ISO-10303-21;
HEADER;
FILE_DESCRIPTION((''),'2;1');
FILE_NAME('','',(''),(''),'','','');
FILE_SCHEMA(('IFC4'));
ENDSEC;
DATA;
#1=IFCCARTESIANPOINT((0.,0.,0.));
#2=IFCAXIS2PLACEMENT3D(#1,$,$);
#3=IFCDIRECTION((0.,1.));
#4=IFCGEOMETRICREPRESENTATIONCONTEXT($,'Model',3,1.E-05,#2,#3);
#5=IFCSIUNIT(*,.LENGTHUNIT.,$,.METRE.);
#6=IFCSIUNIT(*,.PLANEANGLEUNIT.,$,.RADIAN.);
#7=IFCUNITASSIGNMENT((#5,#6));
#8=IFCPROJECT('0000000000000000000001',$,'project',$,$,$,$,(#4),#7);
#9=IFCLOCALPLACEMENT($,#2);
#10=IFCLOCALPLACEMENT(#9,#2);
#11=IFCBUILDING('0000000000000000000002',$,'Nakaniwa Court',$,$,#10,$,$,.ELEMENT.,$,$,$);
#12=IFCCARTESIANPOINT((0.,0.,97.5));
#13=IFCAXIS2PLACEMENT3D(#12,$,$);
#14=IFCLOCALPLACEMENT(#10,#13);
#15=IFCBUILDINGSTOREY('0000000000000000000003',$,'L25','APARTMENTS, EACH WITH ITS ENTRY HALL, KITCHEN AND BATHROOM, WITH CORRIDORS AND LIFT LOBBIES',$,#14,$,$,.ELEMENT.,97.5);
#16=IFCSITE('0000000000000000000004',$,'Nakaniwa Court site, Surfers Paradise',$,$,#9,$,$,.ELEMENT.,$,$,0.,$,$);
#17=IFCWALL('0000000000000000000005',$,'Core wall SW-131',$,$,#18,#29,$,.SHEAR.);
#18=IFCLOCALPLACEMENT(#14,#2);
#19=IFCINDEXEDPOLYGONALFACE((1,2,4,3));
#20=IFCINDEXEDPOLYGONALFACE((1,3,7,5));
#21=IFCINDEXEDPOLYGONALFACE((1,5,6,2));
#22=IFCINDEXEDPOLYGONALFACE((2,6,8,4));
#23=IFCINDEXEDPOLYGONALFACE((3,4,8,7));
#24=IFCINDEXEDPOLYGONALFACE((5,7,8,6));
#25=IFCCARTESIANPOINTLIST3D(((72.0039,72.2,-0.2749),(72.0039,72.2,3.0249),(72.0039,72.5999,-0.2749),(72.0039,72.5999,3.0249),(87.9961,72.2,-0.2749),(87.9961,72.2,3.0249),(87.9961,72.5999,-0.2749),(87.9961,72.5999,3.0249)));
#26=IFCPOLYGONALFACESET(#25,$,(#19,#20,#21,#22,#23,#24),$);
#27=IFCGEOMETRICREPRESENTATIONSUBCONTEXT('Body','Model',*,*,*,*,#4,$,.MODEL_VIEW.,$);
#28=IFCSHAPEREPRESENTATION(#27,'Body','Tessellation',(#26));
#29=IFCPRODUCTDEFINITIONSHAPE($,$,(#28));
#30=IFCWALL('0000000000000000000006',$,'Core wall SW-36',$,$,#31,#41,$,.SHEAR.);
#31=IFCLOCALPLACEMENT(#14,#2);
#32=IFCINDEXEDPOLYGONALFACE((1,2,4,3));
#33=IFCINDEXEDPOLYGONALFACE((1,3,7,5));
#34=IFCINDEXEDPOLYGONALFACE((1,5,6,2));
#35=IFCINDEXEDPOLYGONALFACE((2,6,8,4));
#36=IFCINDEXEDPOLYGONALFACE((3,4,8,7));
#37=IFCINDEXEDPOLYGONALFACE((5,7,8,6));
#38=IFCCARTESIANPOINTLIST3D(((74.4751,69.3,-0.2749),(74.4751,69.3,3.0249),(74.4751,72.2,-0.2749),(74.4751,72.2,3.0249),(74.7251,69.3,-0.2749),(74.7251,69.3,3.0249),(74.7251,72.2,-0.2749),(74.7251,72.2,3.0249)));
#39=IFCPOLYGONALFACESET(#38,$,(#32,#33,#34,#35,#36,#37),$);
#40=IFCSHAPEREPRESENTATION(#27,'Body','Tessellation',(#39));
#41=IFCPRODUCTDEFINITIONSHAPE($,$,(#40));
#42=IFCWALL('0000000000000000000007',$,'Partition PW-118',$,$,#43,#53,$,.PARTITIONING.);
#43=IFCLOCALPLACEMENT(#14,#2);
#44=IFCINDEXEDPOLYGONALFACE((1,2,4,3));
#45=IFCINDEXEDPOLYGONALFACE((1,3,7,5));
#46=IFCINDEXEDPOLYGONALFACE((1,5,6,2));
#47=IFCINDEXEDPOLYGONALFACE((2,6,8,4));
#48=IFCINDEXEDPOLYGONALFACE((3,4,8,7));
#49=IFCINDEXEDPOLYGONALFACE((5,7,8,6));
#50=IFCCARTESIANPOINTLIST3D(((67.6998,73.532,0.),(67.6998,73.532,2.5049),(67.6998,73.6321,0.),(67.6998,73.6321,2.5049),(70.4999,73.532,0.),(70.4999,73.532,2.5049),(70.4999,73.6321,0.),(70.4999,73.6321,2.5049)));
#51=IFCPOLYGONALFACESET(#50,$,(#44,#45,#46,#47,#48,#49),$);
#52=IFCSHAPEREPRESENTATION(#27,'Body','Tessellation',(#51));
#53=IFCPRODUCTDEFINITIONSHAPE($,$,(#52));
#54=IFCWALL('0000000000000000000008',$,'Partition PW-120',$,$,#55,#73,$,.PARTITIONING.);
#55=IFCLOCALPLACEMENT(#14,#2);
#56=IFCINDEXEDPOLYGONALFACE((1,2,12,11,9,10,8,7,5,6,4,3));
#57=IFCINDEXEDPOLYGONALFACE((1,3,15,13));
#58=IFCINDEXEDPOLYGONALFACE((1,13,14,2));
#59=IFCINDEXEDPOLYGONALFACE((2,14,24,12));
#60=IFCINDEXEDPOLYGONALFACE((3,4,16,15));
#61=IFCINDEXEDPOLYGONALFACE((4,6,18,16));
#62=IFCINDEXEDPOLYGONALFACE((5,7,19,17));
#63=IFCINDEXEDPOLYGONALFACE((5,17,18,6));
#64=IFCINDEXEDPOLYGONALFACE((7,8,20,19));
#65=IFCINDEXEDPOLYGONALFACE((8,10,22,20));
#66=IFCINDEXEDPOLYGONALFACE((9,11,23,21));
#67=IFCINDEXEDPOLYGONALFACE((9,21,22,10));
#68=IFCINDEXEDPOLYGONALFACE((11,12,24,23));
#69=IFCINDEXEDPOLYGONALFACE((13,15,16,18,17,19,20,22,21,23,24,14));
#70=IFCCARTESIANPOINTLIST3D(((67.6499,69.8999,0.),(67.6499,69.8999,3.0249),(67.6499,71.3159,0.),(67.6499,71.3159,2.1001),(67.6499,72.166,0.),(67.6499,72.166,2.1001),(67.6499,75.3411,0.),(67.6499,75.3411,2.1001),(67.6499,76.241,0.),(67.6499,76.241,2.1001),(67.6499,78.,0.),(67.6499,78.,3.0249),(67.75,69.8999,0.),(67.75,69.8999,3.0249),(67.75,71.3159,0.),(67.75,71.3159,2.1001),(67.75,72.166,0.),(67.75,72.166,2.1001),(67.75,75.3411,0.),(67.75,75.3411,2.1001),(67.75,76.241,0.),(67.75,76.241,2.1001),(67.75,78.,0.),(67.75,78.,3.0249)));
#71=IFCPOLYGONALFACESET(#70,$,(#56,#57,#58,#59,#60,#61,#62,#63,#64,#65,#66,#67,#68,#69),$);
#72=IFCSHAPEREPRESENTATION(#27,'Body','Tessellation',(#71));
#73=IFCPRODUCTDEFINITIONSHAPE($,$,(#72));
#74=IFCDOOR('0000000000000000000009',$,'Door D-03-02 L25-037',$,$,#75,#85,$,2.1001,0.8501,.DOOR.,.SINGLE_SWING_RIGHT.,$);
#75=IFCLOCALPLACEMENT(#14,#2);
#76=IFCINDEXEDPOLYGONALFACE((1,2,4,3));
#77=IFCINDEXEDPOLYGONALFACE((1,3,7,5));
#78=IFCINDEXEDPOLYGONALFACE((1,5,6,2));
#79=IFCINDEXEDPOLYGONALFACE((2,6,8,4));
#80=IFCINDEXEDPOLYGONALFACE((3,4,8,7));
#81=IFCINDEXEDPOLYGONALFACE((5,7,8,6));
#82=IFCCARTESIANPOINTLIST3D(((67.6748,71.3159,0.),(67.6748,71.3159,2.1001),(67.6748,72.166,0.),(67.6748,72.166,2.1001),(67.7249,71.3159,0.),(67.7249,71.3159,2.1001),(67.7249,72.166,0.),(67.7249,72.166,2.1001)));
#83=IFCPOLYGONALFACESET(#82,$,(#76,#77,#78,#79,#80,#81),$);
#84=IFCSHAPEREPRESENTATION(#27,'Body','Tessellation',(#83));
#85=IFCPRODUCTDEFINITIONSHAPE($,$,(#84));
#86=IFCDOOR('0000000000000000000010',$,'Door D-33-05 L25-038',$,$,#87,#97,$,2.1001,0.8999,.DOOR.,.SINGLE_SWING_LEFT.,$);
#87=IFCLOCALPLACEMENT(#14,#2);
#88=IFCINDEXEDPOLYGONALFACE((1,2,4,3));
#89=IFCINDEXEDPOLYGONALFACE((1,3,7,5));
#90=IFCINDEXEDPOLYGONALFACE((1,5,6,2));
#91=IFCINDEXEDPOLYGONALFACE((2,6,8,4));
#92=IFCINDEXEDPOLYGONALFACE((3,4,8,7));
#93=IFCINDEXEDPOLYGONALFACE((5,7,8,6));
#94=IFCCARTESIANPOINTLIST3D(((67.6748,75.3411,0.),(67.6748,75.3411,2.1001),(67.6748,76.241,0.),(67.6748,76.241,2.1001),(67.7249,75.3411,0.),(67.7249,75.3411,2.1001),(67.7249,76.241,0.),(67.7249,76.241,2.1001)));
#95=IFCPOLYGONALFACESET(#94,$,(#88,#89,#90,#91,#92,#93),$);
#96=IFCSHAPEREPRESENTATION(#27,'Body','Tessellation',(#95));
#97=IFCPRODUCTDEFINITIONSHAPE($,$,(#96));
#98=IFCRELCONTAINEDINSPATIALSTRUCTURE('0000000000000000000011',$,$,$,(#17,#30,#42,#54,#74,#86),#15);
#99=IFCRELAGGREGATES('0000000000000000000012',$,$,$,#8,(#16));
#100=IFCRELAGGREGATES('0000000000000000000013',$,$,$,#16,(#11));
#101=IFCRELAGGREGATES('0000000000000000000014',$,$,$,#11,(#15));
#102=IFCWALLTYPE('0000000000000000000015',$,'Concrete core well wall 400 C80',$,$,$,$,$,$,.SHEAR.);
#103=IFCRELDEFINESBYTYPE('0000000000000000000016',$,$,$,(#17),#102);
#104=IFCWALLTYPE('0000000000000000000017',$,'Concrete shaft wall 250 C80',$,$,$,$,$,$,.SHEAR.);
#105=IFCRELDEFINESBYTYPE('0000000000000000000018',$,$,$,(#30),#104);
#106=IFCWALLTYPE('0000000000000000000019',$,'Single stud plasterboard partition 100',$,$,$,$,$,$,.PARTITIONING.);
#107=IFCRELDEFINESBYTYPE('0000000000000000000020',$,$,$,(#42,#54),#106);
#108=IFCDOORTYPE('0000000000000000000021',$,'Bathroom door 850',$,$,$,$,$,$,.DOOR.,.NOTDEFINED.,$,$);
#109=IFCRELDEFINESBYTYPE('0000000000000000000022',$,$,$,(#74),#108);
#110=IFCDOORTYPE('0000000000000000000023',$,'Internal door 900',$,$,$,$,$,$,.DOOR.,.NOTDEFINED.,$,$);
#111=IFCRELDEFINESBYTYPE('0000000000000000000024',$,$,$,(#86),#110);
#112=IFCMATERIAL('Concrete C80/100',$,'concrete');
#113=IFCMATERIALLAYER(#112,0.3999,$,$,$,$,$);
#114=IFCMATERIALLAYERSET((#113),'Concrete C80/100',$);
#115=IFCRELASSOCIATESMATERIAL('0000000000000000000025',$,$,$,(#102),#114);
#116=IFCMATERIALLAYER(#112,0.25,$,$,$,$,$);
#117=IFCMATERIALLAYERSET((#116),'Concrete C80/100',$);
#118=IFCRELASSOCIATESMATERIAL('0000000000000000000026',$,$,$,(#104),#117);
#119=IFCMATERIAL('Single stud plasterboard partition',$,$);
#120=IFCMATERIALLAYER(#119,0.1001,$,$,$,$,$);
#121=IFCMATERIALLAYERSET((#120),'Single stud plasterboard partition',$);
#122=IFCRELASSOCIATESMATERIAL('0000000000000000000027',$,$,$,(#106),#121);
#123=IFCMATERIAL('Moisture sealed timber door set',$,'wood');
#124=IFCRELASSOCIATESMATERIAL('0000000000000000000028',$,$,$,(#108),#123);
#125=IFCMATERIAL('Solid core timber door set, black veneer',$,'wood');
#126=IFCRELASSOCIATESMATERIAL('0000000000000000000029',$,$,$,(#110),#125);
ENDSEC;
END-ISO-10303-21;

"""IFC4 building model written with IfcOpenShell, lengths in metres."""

from ifc_helpers import new_model, si_unit, direction, frame, frame_2d, origin, place, context, subcontext, project, spatial, rectangle, extrude, material, layer, layer_set, type_object, element, fill, save


model = new_model("IFC4")

# Units and contexts
model_context = context("Model", 3, precision=1e-05, world=origin(), true_north=direction((0.0, 1.0)))
body_context = subcontext(model_context, "Body", "Model", "MODEL_VIEW")
ifc_project = project(units=[si_unit("LENGTHUNIT", "METRE"), si_unit("PLANEANGLEUNIT", "RADIAN")], contexts=[model_context])

# Site, building, storey
site_placement = place(None, origin())
site = spatial("IfcSite", under=ifc_project, at=site_placement, Name="Nakaniwa Court site, Surfers Paradise", CompositionType="ELEMENT", RefElevation=0.0)
building_placement = place(site_placement, origin())
building = spatial("IfcBuilding", under=site, at=building_placement, Name="Nakaniwa Court", CompositionType="ELEMENT")
storey_placement = place(building_placement, frame((0.0, 0.0, 97.5)))
storey = spatial("IfcBuildingStorey", under=building, at=storey_placement, Name="L25", Description="APARTMENTS, EACH WITH ITS ENTRY HALL, KITCHEN AND BATHROOM, WITH CORRIDORS AND LIFT LOBBIES", CompositionType="ELEMENT", Elevation=97.5)

# Shared definitions
ifc_material_1 = material(Name="Concrete C80/100", Category="concrete")

# Shared definitions
ifc_material_2 = material(Name="Solid core timber door set, black veneer", Category="wood")

# Walls
ifc_layer_1 = layer(ifc_material_1, 0.3999)
ifc_layer_set_1 = layer_set([ifc_layer_1], Name="Concrete C80/100")
wall_type_1 = type_object("IfcWallType", Name="Concrete core well wall 400 C80", PredefinedType="SHEAR", material=ifc_layer_set_1)
wall_1_placement = place(storey_placement, frame((72.0039, 72.3999, -0.2749), z_axis=(0.0, 0.0, 1.0), x_axis=(1.0, 0.0, 0.0)))
element("IfcWall", 1, at=wall_1_placement, inside=storey, type_object=wall_type_1, Name="Core wall SW-131", PredefinedType="SHEAR", context=body_context, shape_type="SweptSolid", body=[
    extrude(rectangle(XDim=15.9922, YDim=0.3999, at=frame_2d((7.9961, 0.0))), origin(), (0.0, 0.0, 1.0), 3.2998),
])
ifc_layer_2 = layer(ifc_material_1, 0.25)
ifc_layer_set_2 = layer_set([ifc_layer_2], Name="Concrete C80/100")
wall_type_2 = type_object("IfcWallType", Name="Concrete shaft wall 250 C80", PredefinedType="SHEAR", material=ifc_layer_set_2)
wall_2_placement = place(storey_placement, frame((74.6001, 69.3, -0.2749), z_axis=(0.0, 0.0, 1.0), x_axis=(0.0, 1.0, 0.0)))
element("IfcWall", 2, at=wall_2_placement, inside=storey, type_object=wall_type_2, Name="Core wall SW-36", PredefinedType="SHEAR", context=body_context, shape_type="SweptSolid", body=[
    extrude(rectangle(XDim=2.8999, YDim=0.25, at=frame_2d((1.45, 0.0))), origin(), (0.0, 0.0, 1.0), 3.2998),
])
ifc_material_3 = material(Name="Single stud plasterboard partition")
ifc_layer_3 = layer(ifc_material_3, 0.1001)
ifc_layer_set_3 = layer_set([ifc_layer_3], Name="Single stud plasterboard partition")
wall_type_3 = type_object("IfcWallType", Name="Single stud plasterboard partition 100", PredefinedType="PARTITIONING", material=ifc_layer_set_3)
wall_3_placement = place(storey_placement, frame((67.7, 73.582, 0.0), z_axis=(0.0, 0.0, 1.0), x_axis=(1.0, 0.0, 0.0)))
element("IfcWall", 3, at=wall_3_placement, inside=storey, type_object=wall_type_3, Name="Partition PW-118", PredefinedType="PARTITIONING", context=body_context, shape_type="SweptSolid", body=[
    extrude(rectangle(XDim=2.8, YDim=0.1001, at=frame_2d((1.3999, 0.0))), origin(), (0.0, 0.0, 1.0), 2.5049),
])

# Wall, openings, doors
wall_4_placement = place(storey_placement, frame((67.7, 78.0, 0.0), z_axis=(0.0, 0.0, 1.0), x_axis=(0.0, -1.0, 0.0)))
wall_4 = element("IfcWall", 4, at=wall_4_placement, inside=storey, type_object=wall_type_3, Name="Partition PW-120", PredefinedType="PARTITIONING", context=body_context, shape_type="SweptSolid", body=[
    extrude(rectangle(XDim=8.1001, YDim=0.1001, at=frame_2d((4.05, 0.0))), origin(), (0.0, 0.0, 1.0), 3.0249),
])
opening_1_placement = place(wall_4_placement, frame((5.834, 0.0, 0.0)))
opening_1 = element("IfcOpeningElement", 5, at=opening_1_placement, cuts=wall_4, PredefinedType="OPENING", context=body_context, shape_type="SweptSolid", body=[
    extrude(rectangle(XDim=0.8501, YDim=2.1001, at=frame_2d((0.425, 1.05))), frame((0.0, 0.0601, 0.0), z_axis=(0.0, -1.0, 0.0), x_axis=(1.0, 0.0, 0.0)), (0.0, 0.0, 1.0), 0.1201),
])
opening_2_placement = place(wall_4_placement, frame((1.759, 0.0, 0.0)))
opening_2 = element("IfcOpeningElement", 6, at=opening_2_placement, cuts=wall_4, PredefinedType="OPENING", context=body_context, shape_type="SweptSolid", body=[
    extrude(rectangle(XDim=0.8999, YDim=2.1001, at=frame_2d((0.45, 1.05))), frame((0.0, 0.0601, 0.0), z_axis=(0.0, -1.0, 0.0), x_axis=(1.0, 0.0, 0.0)), (0.0, 0.0, 1.0), 0.1201),
])
ifc_material_4 = material(Name="Moisture sealed timber door set", Category="wood")
door_type_1 = type_object("IfcDoorType", Name="Bathroom door 850", OperationType="NOTDEFINED", PredefinedType="DOOR", material=ifc_material_4)
door_1_placement = place(opening_1_placement, origin())
door_1 = element("IfcDoor", 7, at=door_1_placement, inside=storey, type_object=door_type_1, Name="Door D-03-02 L25-037", OperationType="SINGLE_SWING_RIGHT", OverallHeight=2.1001, OverallWidth=0.8501, PredefinedType="DOOR", context=body_context, shape_type="SweptSolid", body=[
    extrude(rectangle(XDim=0.8501, YDim=2.1001, at=frame_2d((0.425, 1.05))), frame((0.0, 0.0249, 0.0), z_axis=(0.0, -1.0, 0.0), x_axis=(1.0, 0.0, 0.0)), (0.0, 0.0, 1.0), 0.05),
])
fill(opening_1, door_1)
door_type_2 = type_object("IfcDoorType", Name="Internal door 900", OperationType="NOTDEFINED", PredefinedType="DOOR", material=ifc_material_2)
door_2_placement = place(opening_2_placement, origin())
door_2 = element("IfcDoor", 8, at=door_2_placement, inside=storey, type_object=door_type_2, Name="Door D-33-05 L25-038", OperationType="SINGLE_SWING_LEFT", OverallHeight=2.1001, OverallWidth=0.8999, PredefinedType="DOOR", context=body_context, shape_type="SweptSolid", body=[
    extrude(rectangle(XDim=0.8999, YDim=2.1001, at=frame_2d((0.45, 1.05))), frame((0.0, 0.0249, 0.0), z_axis=(0.0, -1.0, 0.0), x_axis=(1.0, 0.0, 0.0)), (0.0, 0.0, 1.0), 0.05),
])
fill(opening_2, door_2)

save(model, "model.ifc")
